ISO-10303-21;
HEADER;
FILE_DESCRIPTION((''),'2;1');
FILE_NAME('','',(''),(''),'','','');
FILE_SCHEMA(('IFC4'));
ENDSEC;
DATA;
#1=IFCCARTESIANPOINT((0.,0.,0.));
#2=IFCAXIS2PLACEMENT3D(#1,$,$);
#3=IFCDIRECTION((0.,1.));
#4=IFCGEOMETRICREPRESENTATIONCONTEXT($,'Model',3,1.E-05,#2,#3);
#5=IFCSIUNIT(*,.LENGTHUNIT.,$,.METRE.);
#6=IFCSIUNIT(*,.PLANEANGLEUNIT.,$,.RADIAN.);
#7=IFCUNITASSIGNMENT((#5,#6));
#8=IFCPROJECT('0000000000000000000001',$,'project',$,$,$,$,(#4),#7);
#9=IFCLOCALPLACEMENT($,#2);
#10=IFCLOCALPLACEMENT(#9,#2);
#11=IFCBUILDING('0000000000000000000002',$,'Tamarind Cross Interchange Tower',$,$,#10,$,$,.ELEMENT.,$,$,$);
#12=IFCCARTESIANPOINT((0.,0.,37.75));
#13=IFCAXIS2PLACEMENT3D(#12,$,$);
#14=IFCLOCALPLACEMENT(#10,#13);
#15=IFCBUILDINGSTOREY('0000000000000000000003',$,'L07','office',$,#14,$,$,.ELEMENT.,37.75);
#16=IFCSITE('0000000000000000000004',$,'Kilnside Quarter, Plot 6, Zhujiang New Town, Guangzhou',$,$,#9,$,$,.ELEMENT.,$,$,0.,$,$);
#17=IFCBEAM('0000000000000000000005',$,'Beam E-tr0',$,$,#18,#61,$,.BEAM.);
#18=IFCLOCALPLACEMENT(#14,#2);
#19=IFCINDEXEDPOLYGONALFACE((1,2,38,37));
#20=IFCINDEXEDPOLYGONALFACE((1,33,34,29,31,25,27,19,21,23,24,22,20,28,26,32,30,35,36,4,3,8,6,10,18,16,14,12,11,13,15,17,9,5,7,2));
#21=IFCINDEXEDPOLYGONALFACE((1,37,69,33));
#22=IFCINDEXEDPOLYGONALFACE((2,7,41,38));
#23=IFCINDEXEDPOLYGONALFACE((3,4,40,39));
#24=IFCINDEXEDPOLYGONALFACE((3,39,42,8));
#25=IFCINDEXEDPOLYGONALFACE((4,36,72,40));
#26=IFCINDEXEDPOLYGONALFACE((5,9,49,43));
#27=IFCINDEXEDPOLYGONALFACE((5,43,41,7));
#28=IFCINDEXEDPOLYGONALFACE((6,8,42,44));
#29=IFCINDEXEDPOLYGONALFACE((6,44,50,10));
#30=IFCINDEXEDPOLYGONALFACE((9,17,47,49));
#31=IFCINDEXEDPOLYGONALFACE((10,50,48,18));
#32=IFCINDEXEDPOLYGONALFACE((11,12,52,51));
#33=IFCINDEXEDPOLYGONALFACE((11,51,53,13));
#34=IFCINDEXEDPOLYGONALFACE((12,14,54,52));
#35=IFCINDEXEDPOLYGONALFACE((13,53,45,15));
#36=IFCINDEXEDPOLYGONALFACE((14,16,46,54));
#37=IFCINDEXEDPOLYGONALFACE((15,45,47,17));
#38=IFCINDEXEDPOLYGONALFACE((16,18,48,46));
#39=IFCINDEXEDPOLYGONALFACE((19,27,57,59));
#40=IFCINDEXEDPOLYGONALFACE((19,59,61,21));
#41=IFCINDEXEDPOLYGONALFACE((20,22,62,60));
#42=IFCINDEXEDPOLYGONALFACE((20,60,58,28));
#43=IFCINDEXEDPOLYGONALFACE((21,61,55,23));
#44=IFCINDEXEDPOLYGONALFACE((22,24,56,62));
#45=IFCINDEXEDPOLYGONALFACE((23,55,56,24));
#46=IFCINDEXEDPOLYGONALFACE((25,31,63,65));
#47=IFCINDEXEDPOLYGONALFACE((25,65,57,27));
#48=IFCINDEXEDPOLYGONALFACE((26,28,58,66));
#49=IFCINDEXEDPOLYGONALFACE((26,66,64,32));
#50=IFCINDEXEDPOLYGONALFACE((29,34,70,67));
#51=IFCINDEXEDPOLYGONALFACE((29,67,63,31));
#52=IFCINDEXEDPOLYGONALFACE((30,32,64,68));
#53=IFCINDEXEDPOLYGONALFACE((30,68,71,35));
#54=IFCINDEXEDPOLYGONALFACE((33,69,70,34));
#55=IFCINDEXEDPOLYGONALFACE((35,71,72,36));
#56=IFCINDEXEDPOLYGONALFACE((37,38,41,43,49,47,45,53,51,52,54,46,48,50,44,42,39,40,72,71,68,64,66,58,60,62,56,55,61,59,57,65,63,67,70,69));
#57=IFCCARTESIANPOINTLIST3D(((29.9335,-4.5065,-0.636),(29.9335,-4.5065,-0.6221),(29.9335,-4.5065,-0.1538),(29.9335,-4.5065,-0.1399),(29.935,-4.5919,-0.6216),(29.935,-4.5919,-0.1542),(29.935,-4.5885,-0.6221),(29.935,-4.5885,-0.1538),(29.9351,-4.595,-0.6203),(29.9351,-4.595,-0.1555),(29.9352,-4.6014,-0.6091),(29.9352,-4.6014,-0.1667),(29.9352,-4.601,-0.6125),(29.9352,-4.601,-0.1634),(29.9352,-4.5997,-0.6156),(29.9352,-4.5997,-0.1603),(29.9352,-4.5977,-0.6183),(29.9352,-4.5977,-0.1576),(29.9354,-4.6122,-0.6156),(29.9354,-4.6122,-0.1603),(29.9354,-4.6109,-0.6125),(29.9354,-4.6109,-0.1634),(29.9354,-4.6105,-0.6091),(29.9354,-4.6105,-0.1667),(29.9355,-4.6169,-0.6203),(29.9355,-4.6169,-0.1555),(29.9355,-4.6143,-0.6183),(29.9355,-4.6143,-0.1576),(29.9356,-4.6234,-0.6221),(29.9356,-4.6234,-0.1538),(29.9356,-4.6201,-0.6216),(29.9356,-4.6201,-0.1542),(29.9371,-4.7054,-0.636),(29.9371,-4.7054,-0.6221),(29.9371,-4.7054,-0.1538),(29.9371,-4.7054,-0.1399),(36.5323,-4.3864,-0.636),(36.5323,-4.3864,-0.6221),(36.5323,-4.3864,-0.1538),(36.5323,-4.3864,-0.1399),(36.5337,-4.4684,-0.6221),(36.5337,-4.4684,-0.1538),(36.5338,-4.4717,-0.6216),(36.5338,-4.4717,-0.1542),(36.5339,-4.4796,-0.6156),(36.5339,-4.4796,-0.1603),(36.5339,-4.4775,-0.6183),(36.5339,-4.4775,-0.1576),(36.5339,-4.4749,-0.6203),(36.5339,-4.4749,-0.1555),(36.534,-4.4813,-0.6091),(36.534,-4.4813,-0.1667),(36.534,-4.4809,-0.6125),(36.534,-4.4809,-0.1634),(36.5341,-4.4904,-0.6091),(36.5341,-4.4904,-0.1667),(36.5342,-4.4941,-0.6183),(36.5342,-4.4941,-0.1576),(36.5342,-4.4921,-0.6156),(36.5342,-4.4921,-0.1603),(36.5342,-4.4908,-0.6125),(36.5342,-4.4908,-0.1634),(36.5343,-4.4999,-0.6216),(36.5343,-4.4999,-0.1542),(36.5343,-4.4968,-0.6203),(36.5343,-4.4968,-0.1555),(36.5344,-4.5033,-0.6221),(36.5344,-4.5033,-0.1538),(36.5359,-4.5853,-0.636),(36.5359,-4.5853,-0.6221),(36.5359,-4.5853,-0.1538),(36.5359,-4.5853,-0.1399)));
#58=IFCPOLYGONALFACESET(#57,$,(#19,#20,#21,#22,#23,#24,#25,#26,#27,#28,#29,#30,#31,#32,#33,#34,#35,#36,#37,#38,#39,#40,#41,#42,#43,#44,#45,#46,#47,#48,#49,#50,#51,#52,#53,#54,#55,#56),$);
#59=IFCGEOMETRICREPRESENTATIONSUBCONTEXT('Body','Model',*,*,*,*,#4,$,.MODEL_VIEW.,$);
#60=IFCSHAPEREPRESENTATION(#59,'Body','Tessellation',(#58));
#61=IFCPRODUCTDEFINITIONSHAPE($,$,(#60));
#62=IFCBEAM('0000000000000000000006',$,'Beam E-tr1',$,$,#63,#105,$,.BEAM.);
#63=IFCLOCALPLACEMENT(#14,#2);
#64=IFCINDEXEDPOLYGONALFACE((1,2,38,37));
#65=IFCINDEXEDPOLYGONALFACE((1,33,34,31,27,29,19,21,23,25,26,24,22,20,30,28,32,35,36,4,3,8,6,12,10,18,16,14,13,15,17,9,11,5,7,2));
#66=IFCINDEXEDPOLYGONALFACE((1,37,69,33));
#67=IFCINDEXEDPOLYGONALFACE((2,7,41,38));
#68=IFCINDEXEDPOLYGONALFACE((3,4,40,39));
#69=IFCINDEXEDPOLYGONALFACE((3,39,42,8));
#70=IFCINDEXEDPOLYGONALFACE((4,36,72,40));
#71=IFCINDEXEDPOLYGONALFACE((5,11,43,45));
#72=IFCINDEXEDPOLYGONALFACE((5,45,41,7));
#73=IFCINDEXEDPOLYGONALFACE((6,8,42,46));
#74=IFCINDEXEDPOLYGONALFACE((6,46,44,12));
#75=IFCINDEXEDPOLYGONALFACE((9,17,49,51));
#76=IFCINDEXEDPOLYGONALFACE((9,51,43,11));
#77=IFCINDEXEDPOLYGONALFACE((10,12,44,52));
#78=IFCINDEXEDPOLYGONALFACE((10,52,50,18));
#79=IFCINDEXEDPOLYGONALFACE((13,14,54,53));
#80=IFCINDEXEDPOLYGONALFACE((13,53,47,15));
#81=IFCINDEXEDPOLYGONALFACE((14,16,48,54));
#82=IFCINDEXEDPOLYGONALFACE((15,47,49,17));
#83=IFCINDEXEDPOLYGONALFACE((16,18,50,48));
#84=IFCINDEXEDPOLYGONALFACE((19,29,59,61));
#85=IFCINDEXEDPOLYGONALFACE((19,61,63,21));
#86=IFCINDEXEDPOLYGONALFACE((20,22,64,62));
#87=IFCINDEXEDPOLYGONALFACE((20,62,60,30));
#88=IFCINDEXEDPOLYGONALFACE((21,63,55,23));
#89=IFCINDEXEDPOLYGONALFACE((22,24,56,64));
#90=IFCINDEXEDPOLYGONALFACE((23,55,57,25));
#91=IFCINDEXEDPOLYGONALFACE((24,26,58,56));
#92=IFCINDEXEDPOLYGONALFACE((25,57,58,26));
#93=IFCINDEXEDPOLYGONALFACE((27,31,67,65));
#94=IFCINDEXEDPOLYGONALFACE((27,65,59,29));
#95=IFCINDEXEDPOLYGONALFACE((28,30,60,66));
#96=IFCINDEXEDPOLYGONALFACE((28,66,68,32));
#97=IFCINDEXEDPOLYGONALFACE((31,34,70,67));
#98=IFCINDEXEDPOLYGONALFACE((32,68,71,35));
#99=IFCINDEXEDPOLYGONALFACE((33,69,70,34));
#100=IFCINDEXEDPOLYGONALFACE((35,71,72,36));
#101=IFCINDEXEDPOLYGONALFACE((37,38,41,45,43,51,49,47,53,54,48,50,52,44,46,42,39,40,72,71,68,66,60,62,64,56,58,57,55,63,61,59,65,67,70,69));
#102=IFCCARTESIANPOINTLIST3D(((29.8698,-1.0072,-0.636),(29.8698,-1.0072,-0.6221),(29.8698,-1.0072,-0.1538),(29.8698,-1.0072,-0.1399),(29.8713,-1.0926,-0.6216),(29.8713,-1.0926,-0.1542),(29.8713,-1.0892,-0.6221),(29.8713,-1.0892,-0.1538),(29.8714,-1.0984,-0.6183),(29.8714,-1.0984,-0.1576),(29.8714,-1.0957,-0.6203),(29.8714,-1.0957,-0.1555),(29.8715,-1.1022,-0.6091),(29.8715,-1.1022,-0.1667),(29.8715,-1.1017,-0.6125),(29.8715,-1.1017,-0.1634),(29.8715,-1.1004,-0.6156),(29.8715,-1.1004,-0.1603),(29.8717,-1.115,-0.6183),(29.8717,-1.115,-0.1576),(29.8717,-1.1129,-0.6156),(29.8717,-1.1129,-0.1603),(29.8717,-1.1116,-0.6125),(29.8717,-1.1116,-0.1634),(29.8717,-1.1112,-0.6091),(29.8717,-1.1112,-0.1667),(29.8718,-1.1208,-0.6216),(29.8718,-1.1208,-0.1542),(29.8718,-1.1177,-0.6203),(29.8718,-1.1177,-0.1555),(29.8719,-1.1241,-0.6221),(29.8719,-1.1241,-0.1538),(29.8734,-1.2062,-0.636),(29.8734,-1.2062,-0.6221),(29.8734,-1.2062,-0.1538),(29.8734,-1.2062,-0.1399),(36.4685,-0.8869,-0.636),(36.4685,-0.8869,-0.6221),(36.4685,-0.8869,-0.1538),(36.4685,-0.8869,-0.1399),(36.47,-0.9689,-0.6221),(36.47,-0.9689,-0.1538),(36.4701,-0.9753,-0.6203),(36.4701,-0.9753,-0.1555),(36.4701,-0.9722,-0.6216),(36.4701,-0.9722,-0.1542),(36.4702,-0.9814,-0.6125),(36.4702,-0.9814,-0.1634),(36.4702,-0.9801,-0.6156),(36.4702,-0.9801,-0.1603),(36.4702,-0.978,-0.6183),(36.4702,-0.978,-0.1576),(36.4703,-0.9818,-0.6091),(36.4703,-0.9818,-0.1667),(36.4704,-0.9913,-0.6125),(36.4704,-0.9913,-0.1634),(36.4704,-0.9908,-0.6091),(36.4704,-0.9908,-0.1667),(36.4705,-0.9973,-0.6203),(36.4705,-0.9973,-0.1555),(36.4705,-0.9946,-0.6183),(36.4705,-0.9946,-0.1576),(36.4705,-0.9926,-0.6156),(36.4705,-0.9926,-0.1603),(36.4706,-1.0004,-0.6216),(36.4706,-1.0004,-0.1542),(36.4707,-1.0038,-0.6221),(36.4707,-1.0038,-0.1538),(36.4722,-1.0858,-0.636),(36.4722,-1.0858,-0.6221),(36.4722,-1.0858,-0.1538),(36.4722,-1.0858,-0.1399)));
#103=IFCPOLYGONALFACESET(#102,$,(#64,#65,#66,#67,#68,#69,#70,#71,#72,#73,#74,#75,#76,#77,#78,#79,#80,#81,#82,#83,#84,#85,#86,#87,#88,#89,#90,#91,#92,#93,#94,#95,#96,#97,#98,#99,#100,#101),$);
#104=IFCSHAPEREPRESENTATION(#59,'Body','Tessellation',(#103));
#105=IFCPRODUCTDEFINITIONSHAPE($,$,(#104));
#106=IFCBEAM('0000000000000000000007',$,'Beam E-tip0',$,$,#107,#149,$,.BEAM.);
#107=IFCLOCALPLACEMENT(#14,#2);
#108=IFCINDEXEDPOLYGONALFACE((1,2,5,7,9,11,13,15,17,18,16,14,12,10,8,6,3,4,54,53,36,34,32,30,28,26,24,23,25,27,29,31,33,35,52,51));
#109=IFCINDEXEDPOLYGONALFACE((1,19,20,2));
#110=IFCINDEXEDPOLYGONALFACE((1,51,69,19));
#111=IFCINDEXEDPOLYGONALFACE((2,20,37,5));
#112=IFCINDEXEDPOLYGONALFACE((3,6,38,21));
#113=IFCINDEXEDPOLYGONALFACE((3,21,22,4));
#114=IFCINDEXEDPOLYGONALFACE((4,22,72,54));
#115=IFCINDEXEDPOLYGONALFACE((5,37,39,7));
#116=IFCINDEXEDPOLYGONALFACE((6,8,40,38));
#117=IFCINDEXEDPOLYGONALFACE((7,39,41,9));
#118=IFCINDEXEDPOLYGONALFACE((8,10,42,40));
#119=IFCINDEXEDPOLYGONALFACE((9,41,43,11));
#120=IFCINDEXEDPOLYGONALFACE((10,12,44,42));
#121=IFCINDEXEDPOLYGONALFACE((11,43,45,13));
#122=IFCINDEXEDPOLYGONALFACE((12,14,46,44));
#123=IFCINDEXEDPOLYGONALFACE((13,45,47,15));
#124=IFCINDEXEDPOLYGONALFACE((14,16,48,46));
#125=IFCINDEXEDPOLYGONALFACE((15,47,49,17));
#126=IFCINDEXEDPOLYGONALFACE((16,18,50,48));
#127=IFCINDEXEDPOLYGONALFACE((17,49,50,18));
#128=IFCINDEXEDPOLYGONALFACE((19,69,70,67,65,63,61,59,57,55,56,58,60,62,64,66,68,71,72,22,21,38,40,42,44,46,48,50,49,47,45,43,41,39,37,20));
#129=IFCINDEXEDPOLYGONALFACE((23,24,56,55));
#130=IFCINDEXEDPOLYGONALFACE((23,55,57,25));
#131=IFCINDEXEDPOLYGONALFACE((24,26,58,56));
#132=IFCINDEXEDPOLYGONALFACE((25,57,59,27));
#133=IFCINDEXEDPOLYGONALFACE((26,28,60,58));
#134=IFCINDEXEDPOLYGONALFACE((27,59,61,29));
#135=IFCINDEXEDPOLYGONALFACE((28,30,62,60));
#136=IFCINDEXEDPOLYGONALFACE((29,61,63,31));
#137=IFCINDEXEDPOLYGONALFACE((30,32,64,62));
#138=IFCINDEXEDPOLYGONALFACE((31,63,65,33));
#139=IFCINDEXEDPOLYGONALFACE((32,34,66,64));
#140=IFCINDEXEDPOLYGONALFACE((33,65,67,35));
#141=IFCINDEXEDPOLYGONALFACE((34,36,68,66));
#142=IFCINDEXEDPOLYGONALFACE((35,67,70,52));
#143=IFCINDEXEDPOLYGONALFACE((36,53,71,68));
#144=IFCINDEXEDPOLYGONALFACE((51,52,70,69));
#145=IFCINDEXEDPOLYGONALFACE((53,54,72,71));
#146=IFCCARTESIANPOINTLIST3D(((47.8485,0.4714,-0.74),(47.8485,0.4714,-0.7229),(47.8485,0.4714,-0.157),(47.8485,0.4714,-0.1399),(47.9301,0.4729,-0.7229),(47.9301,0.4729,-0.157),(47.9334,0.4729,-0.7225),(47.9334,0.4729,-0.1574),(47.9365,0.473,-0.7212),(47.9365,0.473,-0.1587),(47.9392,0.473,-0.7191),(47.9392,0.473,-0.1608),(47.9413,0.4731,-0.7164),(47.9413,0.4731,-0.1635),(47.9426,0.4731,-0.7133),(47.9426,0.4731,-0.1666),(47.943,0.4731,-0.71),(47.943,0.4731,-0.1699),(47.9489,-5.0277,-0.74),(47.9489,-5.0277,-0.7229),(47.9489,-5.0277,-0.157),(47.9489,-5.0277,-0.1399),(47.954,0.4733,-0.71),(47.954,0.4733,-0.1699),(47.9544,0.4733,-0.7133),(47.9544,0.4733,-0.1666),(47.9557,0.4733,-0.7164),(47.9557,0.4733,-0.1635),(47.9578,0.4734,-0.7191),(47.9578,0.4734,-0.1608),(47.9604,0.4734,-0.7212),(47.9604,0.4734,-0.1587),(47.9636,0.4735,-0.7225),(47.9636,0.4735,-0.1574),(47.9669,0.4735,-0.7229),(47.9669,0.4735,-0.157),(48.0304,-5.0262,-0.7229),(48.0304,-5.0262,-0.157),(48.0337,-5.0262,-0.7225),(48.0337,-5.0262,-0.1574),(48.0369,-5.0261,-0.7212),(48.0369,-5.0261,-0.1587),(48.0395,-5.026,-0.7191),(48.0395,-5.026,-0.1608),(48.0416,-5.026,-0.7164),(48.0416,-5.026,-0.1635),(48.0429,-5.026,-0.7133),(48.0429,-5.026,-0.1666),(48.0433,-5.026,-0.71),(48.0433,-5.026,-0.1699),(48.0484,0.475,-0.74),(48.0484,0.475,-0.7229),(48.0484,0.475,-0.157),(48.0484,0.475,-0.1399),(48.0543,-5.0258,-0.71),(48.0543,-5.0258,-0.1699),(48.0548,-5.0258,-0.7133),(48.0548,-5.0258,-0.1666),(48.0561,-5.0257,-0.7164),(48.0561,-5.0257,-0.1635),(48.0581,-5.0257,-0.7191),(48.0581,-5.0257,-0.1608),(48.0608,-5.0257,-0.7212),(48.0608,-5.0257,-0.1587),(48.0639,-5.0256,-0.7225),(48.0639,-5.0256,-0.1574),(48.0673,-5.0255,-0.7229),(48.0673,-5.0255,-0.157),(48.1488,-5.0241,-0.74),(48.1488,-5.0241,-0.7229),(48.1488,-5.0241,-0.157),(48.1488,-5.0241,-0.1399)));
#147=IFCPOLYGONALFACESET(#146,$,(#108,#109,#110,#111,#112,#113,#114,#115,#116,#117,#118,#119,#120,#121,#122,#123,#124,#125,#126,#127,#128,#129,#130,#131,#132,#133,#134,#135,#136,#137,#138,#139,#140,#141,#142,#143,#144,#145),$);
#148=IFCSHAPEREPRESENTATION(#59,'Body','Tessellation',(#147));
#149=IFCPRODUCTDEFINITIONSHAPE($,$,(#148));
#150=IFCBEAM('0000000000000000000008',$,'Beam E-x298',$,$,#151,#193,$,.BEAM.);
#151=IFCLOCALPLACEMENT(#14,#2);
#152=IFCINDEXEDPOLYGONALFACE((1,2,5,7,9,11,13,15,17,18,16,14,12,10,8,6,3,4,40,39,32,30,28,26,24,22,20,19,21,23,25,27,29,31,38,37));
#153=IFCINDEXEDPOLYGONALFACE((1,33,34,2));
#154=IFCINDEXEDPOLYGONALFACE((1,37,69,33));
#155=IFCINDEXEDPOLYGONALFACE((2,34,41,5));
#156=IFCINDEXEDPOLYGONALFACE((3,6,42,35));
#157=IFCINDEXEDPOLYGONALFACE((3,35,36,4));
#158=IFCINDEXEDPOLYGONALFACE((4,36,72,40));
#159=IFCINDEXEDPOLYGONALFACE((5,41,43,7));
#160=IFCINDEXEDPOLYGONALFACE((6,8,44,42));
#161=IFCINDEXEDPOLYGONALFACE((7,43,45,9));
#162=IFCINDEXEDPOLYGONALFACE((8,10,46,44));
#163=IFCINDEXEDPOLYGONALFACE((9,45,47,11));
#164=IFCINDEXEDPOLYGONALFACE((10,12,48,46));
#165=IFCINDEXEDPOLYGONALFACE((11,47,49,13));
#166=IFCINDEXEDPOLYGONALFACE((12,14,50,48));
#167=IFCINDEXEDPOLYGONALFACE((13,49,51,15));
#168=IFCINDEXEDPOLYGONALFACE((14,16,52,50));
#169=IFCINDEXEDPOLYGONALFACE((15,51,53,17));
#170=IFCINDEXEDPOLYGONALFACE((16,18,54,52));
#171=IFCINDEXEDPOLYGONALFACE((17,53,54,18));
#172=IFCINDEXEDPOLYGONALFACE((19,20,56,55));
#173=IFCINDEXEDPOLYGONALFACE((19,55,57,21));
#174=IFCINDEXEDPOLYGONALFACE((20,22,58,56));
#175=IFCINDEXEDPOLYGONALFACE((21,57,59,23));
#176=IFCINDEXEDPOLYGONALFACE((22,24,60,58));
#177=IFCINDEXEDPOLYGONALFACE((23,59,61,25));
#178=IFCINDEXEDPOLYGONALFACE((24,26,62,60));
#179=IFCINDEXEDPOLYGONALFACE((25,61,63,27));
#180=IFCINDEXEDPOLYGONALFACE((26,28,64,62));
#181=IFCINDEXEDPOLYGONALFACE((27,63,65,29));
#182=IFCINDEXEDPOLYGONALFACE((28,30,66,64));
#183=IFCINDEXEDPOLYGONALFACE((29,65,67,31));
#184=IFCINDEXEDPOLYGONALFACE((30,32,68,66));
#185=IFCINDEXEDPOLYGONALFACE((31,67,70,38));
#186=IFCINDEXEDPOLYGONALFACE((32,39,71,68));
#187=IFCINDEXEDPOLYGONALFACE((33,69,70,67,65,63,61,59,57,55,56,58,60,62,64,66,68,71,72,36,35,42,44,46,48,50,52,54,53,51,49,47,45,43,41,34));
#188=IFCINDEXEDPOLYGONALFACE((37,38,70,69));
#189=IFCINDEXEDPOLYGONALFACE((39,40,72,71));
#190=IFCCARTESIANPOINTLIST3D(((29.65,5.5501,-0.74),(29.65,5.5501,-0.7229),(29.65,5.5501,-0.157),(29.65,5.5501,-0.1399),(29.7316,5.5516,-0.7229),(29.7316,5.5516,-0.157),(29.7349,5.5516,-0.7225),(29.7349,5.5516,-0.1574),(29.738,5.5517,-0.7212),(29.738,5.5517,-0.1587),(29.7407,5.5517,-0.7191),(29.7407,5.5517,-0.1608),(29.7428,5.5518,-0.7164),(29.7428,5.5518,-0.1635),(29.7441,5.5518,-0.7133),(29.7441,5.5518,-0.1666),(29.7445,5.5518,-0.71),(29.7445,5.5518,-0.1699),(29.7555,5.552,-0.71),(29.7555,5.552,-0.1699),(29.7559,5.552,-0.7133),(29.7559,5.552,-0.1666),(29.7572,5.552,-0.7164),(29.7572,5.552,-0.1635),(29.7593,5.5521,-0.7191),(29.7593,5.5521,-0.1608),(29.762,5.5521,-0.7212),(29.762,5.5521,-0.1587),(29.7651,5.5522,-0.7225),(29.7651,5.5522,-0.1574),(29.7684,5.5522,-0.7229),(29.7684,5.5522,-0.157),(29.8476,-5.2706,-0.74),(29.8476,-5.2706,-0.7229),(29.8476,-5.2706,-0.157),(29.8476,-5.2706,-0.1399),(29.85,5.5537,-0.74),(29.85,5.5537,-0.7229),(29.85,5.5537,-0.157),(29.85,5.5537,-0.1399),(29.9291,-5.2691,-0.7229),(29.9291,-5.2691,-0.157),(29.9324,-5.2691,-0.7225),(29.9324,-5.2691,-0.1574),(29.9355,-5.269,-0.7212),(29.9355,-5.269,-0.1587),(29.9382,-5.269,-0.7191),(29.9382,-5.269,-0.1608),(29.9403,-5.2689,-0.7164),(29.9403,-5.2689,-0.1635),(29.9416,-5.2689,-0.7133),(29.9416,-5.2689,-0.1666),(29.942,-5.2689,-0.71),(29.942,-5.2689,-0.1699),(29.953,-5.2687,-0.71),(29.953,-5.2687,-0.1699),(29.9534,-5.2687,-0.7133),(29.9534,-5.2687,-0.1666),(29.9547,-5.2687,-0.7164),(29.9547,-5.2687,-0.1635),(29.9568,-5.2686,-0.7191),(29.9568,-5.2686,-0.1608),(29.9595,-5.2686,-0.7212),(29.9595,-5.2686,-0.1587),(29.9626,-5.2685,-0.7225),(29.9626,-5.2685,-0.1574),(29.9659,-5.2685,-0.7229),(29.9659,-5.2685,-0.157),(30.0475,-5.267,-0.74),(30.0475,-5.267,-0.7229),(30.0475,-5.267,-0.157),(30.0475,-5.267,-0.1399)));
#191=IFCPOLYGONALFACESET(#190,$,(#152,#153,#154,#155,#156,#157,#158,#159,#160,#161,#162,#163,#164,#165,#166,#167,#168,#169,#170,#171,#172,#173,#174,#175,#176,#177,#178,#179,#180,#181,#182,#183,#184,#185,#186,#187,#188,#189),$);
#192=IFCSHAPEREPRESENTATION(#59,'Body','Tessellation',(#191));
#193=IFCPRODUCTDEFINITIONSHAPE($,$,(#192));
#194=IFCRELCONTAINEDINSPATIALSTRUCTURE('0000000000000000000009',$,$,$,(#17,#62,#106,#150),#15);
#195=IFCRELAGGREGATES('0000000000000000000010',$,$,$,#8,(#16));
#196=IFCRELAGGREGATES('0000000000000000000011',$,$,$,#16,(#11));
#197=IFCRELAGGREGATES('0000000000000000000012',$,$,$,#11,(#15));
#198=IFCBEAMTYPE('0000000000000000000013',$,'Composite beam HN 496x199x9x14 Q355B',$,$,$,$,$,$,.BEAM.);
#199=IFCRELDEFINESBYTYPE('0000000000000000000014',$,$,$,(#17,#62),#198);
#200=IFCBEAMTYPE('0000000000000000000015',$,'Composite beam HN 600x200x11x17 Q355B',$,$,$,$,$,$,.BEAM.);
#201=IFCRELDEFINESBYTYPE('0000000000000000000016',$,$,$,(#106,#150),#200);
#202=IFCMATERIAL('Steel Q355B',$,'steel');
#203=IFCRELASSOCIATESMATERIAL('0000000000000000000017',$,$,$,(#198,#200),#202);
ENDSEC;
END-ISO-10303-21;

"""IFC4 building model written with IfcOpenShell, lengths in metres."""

from ifc_helpers import new_model, si_unit, direction, frame, origin, origin_2d, place, context, subcontext, project, spatial, i_section, extrude, material, material_profile, profile_set, type_object, element, save


model = new_model("IFC4")

# Units and contexts
model_context = context("Model", 3, precision=1e-05, world=origin(), true_north=direction((0.0, 1.0)))
body_context = subcontext(model_context, "Body", "Model", "MODEL_VIEW")
ifc_project = project(units=[si_unit("LENGTHUNIT", "METRE"), si_unit("PLANEANGLEUNIT", "RADIAN")], contexts=[model_context])

# Site, building, storey
site_placement = place(None, origin())
site = spatial("IfcSite", under=ifc_project, at=site_placement, Name="Kilnside Quarter, Plot 6, Zhujiang New Town, Guangzhou", CompositionType="ELEMENT", RefElevation=0.0)
building_placement = place(site_placement, origin())
building = spatial("IfcBuilding", under=site, at=building_placement, Name="Tamarind Cross Interchange Tower", CompositionType="ELEMENT")
storey_placement = place(building_placement, frame((0.0, 0.0, 37.75)))
storey = spatial("IfcBuildingStorey", under=building, at=storey_placement, Name="L07", Description="office", CompositionType="ELEMENT", Elevation=37.75)

# Beams
ifc_material_1 = material(Name="Steel Q355B", Category="steel")
ifc_material_profile_1 = material_profile(ifc_material_1, i_section(OverallWidth=0.199, OverallDepth=0.4961, WebThickness=0.009, FlangeThickness=0.0139, FilletRadius=0.0129, at=origin_2d()), Name="HN 496x199x9x14")
ifc_profile_set_1 = profile_set([ifc_material_profile_1], Name="Steel Q355B")
beam_type_1 = type_object("IfcBeamType", Name="Composite beam HN 496x199x9x14 Q355B", PredefinedType="BEAM", material=ifc_profile_set_1)
for number, where, z_axis, x_axis, name in (
    (1, (29.9353, -4.606, -0.3879), (0.999834, 0.0182, 0.0), (-0.0182, 0.999834, 0.0), "Beam E-tr0"),
    (2, (29.8716, -1.1067, -0.3879), (0.999834, 0.018237, 0.0), (-0.018237, 0.999834, 0.0), "Beam E-tr1"),
):
    element("IfcBeam", number, at=place(storey_placement, frame(where, z_axis=z_axis, x_axis=x_axis)), inside=storey, type_object=beam_type_1, Name=name, PredefinedType="BEAM", context=body_context, shape_type="SweptSolid", body=[
        extrude(i_section(OverallWidth=0.199, OverallDepth=0.4961, WebThickness=0.009, FlangeThickness=0.0139, FilletRadius=0.0129, at=origin_2d()), origin(), (0.0, 0.0, 1.0), 6.5999),
    ])
ifc_material_profile_2 = material_profile(ifc_material_1, i_section(OverallWidth=0.2, OverallDepth=0.6001, WebThickness=0.011, FlangeThickness=0.0171, FilletRadius=0.0129, at=origin_2d()), Name="HN 600x200x11x17")
ifc_profile_set_2 = profile_set([ifc_material_profile_2], Name="Steel Q355B")
beam_type_2 = type_object("IfcBeamType", Name="Composite beam HN 600x200x11x17 Q355B", PredefinedType="BEAM", material=ifc_profile_set_2)
beam_1_placement = place(storey_placement, frame((48.0488, -5.0259, -0.4399), z_axis=(-0.018244, 0.999834, 0.0), x_axis=(-0.999834, -0.018244, 0.0)))
element("IfcBeam", 3, at=beam_1_placement, inside=storey, type_object=beam_type_2, Name="Beam E-tip0", PredefinedType="BEAM", context=body_context, shape_type="SweptSolid", body=[
    extrude(i_section(OverallWidth=0.2, OverallDepth=0.6001, WebThickness=0.011, FlangeThickness=0.0171, FilletRadius=0.0129, at=origin_2d()), origin(), (0.0, 0.0, 1.0), 5.5),
])
beam_2_placement = place(storey_placement, frame((29.9475, -5.2688, -0.4399), z_axis=(-0.01825, 0.999833, 0.0), x_axis=(-0.999833, -0.01825, 0.0)))
element("IfcBeam", 4, at=beam_2_placement, inside=storey, type_object=beam_type_2, Name="Beam E-x298", PredefinedType="BEAM", context=body_context, shape_type="SweptSolid", body=[
    extrude(i_section(OverallWidth=0.2, OverallDepth=0.6001, WebThickness=0.011, FlangeThickness=0.0171, FilletRadius=0.0129, at=origin_2d()), origin(), (0.0, 0.0, 1.0), 10.8225),
])

save(model, "model.ifc")
